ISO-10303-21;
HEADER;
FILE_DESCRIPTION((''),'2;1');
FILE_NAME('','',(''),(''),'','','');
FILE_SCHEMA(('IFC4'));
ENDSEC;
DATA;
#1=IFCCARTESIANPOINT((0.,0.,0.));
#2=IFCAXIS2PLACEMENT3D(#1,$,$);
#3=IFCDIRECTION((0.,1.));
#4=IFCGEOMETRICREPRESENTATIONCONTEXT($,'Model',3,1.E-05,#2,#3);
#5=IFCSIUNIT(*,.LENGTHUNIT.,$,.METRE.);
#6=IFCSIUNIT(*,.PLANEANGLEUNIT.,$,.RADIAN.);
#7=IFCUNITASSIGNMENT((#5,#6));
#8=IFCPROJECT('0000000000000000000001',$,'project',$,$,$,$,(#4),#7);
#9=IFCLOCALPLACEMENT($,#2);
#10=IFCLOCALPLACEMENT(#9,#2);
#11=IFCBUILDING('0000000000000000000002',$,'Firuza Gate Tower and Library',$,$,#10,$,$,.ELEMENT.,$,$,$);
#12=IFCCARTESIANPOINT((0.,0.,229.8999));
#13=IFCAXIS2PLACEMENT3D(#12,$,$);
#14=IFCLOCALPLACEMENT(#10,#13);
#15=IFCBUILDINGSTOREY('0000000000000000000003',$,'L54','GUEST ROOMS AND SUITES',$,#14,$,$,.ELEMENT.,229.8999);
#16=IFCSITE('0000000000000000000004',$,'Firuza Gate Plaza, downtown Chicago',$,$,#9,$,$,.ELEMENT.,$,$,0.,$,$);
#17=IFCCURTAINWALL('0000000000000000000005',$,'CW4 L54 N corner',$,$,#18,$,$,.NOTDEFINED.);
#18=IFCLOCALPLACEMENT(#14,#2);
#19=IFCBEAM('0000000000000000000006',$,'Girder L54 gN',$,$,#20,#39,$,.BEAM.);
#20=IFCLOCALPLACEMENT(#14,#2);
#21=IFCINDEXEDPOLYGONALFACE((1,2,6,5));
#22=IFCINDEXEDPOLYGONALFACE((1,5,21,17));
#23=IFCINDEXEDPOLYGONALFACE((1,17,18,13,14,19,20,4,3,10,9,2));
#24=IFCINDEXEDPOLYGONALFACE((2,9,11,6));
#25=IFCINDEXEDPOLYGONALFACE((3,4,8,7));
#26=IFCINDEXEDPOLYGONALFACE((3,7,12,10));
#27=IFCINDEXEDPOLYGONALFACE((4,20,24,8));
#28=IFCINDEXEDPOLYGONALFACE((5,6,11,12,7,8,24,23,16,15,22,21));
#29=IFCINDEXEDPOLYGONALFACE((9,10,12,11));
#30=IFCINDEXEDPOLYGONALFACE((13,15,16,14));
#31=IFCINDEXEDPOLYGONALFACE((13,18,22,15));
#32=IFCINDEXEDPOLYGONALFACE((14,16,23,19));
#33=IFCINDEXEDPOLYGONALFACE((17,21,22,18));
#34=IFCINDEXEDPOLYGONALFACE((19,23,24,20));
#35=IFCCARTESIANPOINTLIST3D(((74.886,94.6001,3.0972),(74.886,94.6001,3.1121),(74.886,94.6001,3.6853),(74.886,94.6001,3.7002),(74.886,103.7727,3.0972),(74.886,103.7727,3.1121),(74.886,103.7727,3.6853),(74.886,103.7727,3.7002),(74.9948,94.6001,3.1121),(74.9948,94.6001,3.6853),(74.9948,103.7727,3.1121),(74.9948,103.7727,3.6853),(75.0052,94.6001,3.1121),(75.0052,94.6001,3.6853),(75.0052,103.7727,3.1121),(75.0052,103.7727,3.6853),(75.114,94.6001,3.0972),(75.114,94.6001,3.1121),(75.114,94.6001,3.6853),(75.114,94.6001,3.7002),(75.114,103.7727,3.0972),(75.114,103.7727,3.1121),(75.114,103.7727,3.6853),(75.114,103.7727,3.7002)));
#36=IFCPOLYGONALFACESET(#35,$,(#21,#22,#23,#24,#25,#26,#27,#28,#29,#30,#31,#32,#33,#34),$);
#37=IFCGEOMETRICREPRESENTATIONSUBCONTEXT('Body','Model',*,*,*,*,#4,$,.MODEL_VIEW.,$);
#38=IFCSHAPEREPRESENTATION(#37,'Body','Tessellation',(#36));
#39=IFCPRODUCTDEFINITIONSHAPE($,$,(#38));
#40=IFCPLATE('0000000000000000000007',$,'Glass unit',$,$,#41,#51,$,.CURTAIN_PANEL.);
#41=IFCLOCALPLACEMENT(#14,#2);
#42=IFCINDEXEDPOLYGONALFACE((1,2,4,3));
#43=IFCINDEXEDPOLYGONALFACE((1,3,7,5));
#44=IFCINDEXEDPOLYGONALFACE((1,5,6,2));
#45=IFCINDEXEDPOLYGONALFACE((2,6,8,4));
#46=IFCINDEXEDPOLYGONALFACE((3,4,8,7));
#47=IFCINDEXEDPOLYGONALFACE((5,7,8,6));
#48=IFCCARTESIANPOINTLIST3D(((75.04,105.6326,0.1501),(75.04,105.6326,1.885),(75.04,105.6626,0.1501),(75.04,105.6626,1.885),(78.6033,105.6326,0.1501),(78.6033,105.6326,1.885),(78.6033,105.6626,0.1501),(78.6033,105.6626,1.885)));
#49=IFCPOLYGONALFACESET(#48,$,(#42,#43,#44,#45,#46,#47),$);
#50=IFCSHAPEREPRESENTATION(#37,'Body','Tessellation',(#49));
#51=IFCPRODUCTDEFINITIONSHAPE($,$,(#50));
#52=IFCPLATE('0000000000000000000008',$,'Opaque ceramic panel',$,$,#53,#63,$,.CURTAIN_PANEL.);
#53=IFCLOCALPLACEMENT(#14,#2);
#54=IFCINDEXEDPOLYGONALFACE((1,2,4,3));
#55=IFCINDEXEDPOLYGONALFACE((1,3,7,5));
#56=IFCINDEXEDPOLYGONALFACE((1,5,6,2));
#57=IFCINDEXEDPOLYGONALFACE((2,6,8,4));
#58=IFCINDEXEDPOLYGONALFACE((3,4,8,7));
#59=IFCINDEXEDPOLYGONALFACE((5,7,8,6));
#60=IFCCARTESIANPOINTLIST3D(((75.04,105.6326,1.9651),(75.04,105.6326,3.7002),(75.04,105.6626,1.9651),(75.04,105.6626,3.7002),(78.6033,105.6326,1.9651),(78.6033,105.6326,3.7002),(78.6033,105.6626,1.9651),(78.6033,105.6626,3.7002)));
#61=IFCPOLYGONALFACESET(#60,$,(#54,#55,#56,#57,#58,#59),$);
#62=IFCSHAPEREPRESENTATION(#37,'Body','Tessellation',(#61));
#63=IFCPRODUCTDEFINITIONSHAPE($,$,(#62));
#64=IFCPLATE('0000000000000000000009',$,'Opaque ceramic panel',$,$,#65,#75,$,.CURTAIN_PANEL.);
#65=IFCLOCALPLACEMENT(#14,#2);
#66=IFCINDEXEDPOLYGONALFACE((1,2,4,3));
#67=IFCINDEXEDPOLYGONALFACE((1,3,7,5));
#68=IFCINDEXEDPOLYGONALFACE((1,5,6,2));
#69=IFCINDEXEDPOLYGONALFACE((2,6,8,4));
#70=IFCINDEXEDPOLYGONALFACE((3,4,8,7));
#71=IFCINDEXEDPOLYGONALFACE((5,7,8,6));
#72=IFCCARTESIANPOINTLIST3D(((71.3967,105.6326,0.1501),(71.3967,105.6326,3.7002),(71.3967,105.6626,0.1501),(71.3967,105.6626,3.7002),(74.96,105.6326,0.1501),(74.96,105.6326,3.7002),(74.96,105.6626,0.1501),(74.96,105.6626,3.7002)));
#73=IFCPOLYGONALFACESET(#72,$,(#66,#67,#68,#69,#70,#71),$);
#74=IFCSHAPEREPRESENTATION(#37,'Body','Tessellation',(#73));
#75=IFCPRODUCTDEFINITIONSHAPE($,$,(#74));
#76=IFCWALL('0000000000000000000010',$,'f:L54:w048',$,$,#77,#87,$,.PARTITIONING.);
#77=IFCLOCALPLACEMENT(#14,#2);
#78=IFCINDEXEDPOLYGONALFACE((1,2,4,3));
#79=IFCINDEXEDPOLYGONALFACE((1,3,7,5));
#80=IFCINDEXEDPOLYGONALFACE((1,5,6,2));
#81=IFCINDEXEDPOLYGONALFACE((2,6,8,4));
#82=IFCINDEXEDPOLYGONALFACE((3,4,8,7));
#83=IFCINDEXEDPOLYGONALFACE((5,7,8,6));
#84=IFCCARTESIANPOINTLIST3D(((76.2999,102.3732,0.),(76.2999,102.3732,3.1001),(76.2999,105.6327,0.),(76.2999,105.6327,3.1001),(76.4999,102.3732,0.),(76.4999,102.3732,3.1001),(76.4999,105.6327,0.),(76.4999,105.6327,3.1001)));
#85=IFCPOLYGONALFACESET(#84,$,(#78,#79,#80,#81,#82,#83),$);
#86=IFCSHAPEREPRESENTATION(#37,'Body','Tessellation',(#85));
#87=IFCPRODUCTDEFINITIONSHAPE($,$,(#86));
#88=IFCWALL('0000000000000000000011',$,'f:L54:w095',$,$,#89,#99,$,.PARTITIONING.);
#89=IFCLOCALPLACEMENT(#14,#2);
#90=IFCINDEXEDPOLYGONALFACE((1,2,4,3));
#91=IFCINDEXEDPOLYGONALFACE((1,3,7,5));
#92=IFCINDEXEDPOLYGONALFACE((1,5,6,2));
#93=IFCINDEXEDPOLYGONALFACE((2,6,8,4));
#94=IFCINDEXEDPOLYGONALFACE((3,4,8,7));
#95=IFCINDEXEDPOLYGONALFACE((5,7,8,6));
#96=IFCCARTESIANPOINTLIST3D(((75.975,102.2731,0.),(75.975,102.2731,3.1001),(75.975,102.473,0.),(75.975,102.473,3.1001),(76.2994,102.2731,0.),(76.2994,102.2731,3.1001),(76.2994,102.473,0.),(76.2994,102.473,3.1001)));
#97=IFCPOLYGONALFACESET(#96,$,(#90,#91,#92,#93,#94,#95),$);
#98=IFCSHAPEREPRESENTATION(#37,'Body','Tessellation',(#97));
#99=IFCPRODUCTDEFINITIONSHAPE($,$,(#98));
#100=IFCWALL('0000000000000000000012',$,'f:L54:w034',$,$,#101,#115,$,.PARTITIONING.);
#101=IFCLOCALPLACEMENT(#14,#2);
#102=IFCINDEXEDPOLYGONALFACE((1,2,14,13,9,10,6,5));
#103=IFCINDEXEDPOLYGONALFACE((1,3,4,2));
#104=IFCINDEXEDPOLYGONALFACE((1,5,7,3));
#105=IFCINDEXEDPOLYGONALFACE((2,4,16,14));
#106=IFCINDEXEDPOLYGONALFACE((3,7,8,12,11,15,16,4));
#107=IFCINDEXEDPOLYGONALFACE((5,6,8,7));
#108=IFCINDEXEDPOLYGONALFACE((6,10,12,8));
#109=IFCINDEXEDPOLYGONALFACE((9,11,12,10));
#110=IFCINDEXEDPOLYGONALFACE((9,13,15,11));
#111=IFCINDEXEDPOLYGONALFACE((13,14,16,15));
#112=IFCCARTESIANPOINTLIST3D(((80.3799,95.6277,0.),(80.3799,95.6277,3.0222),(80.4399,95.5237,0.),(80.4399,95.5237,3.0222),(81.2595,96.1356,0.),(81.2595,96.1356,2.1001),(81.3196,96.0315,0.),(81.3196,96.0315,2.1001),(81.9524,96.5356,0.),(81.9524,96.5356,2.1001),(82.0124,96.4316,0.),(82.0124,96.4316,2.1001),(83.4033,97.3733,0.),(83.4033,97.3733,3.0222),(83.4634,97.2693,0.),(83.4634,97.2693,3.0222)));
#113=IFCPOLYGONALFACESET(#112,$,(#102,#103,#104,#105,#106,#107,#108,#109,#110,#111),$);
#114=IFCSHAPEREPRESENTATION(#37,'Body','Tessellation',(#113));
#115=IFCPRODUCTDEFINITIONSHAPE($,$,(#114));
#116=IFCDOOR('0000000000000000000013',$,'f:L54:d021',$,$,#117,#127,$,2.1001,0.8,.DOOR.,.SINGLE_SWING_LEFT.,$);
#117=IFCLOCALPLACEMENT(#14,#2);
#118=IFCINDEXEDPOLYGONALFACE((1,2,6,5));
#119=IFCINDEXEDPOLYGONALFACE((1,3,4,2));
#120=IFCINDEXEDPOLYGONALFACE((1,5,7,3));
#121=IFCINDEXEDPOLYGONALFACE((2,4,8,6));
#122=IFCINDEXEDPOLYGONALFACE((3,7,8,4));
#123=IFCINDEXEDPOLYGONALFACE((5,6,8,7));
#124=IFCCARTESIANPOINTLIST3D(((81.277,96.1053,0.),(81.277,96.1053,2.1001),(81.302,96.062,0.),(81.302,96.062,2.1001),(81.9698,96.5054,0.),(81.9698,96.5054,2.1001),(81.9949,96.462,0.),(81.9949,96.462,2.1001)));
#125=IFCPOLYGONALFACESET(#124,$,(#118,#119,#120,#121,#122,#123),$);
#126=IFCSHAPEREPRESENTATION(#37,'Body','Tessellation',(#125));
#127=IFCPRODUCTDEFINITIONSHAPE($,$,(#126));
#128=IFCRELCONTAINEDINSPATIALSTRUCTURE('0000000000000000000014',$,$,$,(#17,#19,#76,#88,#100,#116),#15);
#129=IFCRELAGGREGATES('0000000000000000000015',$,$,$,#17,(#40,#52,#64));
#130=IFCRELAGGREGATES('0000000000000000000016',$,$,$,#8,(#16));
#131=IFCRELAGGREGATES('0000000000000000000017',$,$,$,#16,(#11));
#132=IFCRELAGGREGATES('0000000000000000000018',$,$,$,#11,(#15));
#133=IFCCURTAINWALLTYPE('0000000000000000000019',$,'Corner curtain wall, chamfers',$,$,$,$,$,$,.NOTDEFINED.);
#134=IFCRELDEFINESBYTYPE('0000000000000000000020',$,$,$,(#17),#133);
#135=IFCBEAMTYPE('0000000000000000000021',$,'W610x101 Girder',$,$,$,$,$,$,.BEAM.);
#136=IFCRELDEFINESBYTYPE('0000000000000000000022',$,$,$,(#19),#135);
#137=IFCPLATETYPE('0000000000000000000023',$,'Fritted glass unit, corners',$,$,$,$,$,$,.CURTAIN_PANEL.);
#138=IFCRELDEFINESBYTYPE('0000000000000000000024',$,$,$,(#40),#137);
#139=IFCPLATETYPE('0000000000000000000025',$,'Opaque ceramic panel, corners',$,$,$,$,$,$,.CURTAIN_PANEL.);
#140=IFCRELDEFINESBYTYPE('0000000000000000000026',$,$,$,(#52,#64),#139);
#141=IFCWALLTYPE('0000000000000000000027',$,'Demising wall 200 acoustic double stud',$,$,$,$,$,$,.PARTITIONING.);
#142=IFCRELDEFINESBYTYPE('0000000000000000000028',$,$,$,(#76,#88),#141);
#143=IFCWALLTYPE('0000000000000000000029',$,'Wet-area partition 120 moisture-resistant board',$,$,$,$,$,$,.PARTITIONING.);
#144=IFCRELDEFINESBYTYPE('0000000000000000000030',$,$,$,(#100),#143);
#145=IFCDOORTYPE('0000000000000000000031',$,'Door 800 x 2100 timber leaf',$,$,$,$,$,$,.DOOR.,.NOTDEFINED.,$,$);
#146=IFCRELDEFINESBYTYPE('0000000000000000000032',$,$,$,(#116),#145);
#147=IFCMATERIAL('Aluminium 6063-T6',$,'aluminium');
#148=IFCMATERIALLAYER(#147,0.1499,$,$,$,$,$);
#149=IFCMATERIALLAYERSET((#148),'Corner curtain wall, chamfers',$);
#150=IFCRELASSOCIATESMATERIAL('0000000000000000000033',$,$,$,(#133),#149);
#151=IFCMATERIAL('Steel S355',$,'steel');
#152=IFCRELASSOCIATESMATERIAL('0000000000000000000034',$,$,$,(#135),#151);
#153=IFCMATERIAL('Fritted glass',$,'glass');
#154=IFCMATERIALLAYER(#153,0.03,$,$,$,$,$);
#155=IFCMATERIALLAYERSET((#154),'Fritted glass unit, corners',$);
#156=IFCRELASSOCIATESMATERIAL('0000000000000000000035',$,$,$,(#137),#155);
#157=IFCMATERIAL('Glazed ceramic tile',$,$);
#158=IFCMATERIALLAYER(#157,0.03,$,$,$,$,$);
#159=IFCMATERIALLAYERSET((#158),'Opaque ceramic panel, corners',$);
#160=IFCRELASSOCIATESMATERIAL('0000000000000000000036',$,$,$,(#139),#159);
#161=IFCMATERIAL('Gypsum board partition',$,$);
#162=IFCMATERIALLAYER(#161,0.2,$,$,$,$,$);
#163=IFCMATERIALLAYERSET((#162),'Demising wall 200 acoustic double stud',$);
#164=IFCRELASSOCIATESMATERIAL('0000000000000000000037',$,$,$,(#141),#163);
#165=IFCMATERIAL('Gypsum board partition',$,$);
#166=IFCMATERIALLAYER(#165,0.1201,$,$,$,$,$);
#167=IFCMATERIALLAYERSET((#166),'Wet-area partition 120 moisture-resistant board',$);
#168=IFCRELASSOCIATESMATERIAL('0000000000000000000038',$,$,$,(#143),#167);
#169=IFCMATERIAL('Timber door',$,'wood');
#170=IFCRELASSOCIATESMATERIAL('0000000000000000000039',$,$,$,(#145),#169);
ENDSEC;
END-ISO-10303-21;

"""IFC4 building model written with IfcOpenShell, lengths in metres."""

from ifc_helpers import new_model, si_unit, direction, frame, frame_2d, origin, origin_2d, place, context, subcontext, project, spatial, polyline, rectangle, i_section, outline, extrude, material, layer, layer_set, material_profile, profile_set, type_object, element, fill, aggregate, save


model = new_model("IFC4")

# Units and contexts
model_context = context("Model", 3, precision=1e-05, world=origin(), true_north=direction((0.0, 1.0)))
body_context = subcontext(model_context, "Body", "Model", "MODEL_VIEW")
ifc_project = project(units=[si_unit("LENGTHUNIT", "METRE"), si_unit("PLANEANGLEUNIT", "RADIAN")], contexts=[model_context])

# Site, building, storey
site_placement = place(None, origin())
site = spatial("IfcSite", under=ifc_project, at=site_placement, Name="Firuza Gate Plaza, downtown Chicago", CompositionType="ELEMENT", RefElevation=0.0)
building_placement = place(site_placement, origin())
building = spatial("IfcBuilding", under=site, at=building_placement, Name="Firuza Gate Tower and Library", CompositionType="ELEMENT")
storey_placement = place(building_placement, frame((0.0, 0.0, 229.8999)))
storey = spatial("IfcBuildingStorey", under=building, at=storey_placement, Name="L54", Description="GUEST ROOMS AND SUITES", CompositionType="ELEMENT", Elevation=229.8999)

# Curtain wall
ifc_material_1 = material(Name="Aluminium 6063-T6", Category="aluminium")
ifc_layer_1 = layer(ifc_material_1, 0.1499)
ifc_layer_set_1 = layer_set([ifc_layer_1], Name="Corner curtain wall, chamfers")
curtain_wall_type = type_object("IfcCurtainWallType", Name="Corner curtain wall, chamfers", PredefinedType="NOTDEFINED", material=ifc_layer_set_1)
curtain_wall_placement = place(storey_placement, origin())
curtain_wall = element("IfcCurtainWall", 1, at=curtain_wall_placement, inside=storey, type_object=curtain_wall_type, Name="CW4 L54 N corner", PredefinedType="NOTDEFINED")

# Beam
ifc_material_2 = material(Name="Steel S355", Category="steel")
ifc_material_profile_1 = material_profile(ifc_material_2, i_section(OverallWidth=0.228, OverallDepth=0.603, WebThickness=0.0105, FlangeThickness=0.0149, at=origin_2d()))
ifc_profile_set_1 = profile_set([ifc_material_profile_1], Name="Steel S355")
beam_type_1 = type_object("IfcBeamType", Name="W610x101 Girder", PredefinedType="BEAM", material=ifc_profile_set_1)
beam_1_placement = place(storey_placement, frame((75.0, 103.7727, 3.3987), z_axis=(0.0, -1.0, 0.0), x_axis=(1.0, 0.0, 0.0)))
element("IfcBeam", 2, at=beam_1_placement, inside=storey, type_object=beam_type_1, Name="Girder L54 gN", PredefinedType="BEAM", context=body_context, shape_type="SweptSolid", body=[
    extrude(i_section(OverallWidth=0.228, OverallDepth=0.603, WebThickness=0.0105, FlangeThickness=0.0149, at=origin_2d()), origin(), (0.0, 0.0, 1.0), 9.1726),
])

# Plates
ifc_material_3 = material(Name="Fritted glass", Category="glass")
ifc_layer_2 = layer(ifc_material_3, 0.03)
ifc_layer_set_2 = layer_set([ifc_layer_2], Name="Fritted glass unit, corners")
plate_type_1 = type_object("IfcPlateType", Name="Fritted glass unit, corners", PredefinedType="CURTAIN_PANEL", material=ifc_layer_set_2)
plate_1_placement = place(storey_placement, frame((78.6033, 105.6626, 0.1501), z_axis=(0.0, 1.0, 0.0), x_axis=(-1.0, 0.0, 0.0)))
plate_1 = element("IfcPlate", 3, at=plate_1_placement, type_object=plate_type_1, Name="Glass unit", PredefinedType="CURTAIN_PANEL", context=body_context, shape_type="SweptSolid", body=[
    extrude(outline(polyline([(0.0, 0.0), (3.5632, 0.0), (3.5632, 1.7349), (0.0, 1.7349), (0.0, 0.0)])), origin(), (0.0, 0.0, -1.0), 0.03),
])
ifc_material_4 = material(Name="Glazed ceramic tile")
ifc_layer_3 = layer(ifc_material_4, 0.03)
ifc_layer_set_3 = layer_set([ifc_layer_3], Name="Opaque ceramic panel, corners")
plate_type_2 = type_object("IfcPlateType", Name="Opaque ceramic panel, corners", PredefinedType="CURTAIN_PANEL", material=ifc_layer_set_3)
plate_2_placement = place(storey_placement, frame((78.6033, 105.6626, 1.9651), z_axis=(0.0, 1.0, 0.0), x_axis=(-1.0, 0.0, 0.0)))
plate_2 = element("IfcPlate", 4, at=plate_2_placement, type_object=plate_type_2, Name="Opaque ceramic panel", PredefinedType="CURTAIN_PANEL", context=body_context, shape_type="SweptSolid", body=[
    extrude(outline(polyline([(0.0, 0.0), (3.5632, 0.0), (3.5632, 1.7351), (0.0, 1.7351), (0.0, 0.0)])), origin(), (0.0, 0.0, -1.0), 0.03),
])
plate_3_placement = place(storey_placement, frame((74.96, 105.6626, 0.1501), z_axis=(0.0, 1.0, 0.0), x_axis=(-1.0, 0.0, 0.0)))
plate_3 = element("IfcPlate", 5, at=plate_3_placement, type_object=plate_type_2, Name="Opaque ceramic panel", PredefinedType="CURTAIN_PANEL", context=body_context, shape_type="SweptSolid", body=[
    extrude(outline(polyline([(0.0, 0.0), (3.5632, 0.0), (3.5632, 3.55), (0.0, 3.55), (0.0, 0.0)])), origin(), (0.0, 0.0, -1.0), 0.03),
])
aggregate(curtain_wall, [plate_1, plate_2, plate_3])

# Walls
ifc_material_5 = material(Name="Gypsum board partition")
ifc_layer_4 = layer(ifc_material_5, 0.2)
ifc_layer_set_4 = layer_set([ifc_layer_4], Name="Demising wall 200 acoustic double stud")
wall_type_1 = type_object("IfcWallType", Name="Demising wall 200 acoustic double stud", PredefinedType="PARTITIONING", material=ifc_layer_set_4)
wall_1_placement = place(storey_placement, frame((76.3999, 102.373, 0.0), z_axis=(0.0, 0.0, 1.0), x_axis=(0.0, 1.0, 0.0)))
element("IfcWall", 6, at=wall_1_placement, inside=storey, type_object=wall_type_1, Name="f:L54:w048", PredefinedType="PARTITIONING", context=body_context, shape_type="SweptSolid", body=[
    extrude(rectangle(XDim=3.2595, YDim=0.2, at=frame_2d((1.6299, 0.0))), origin(), (0.0, 0.0, 1.0), 3.1001),
])
wall_2_placement = place(storey_placement, frame((75.9751, 102.373, 0.0), z_axis=(0.0, 0.0, 1.0), x_axis=(1.0, 0.0, 0.0)))
element("IfcWall", 7, at=wall_2_placement, inside=storey, type_object=wall_type_1, Name="f:L54:w095", PredefinedType="PARTITIONING", context=body_context, shape_type="SweptSolid", body=[
    extrude(rectangle(XDim=0.3245, YDim=0.2, at=frame_2d((0.1621, 0.0))), origin(), (0.0, 0.0, 1.0), 3.1001),
])

# Wall, opening, door
ifc_material_6 = material(Name="Gypsum board partition")
ifc_layer_5 = layer(ifc_material_6, 0.1201)
ifc_layer_set_5 = layer_set([ifc_layer_5], Name="Wet-area partition 120 moisture-resistant board")
wall_type_2 = type_object("IfcWallType", Name="Wet-area partition 120 moisture-resistant board", PredefinedType="PARTITIONING", material=ifc_layer_set_5)
wall_3_placement = place(storey_placement, frame((83.4333, 97.3213, 0.0), z_axis=(0.0, 0.0, 1.0), x_axis=(-0.866023, -0.500005, 0.0)))
wall_3 = element("IfcWall", 8, at=wall_3_placement, inside=storey, type_object=wall_type_2, Name="f:L54:w034", PredefinedType="PARTITIONING", context=body_context, shape_type="SweptSolid", body=[
    extrude(rectangle(XDim=3.4912, YDim=0.1201, at=frame_2d((1.7456, 0.0))), origin(), (0.0, 0.0, 1.0), 3.0222),
])
opening_placement = place(wall_3_placement, frame((1.6755, 0.0, 0.0)))
opening = element("IfcOpeningElement", 9, at=opening_placement, cuts=wall_3, PredefinedType="OPENING", context=body_context, shape_type="SweptSolid", body=[
    extrude(rectangle(XDim=0.8, YDim=2.1001, at=frame_2d((0.3999, 1.05))), frame((0.0, 0.0701, 0.0), z_axis=(0.0, -1.0, 0.0), x_axis=(1.0, 0.0, 0.0)), (0.0, 0.0, 1.0), 0.1401),
])
ifc_material_7 = material(Name="Timber door", Category="wood")
door_type = type_object("IfcDoorType", Name="Door 800 x 2100 timber leaf", OperationType="NOTDEFINED", PredefinedType="DOOR", material=ifc_material_7)
door_placement = place(opening_placement, origin())
door = element("IfcDoor", 10, at=door_placement, inside=storey, type_object=door_type, Name="f:L54:d021", OperationType="SINGLE_SWING_LEFT", OverallHeight=2.1001, OverallWidth=0.8, PredefinedType="DOOR", context=body_context, shape_type="SweptSolid", body=[
    extrude(rectangle(XDim=0.8, YDim=2.1001, at=frame_2d((0.3999, 1.05))), frame((0.0, 0.0249, 0.0), z_axis=(0.0, -1.0, 0.0), x_axis=(1.0, 0.0, 0.0)), (0.0, 0.0, 1.0), 0.05),
])
fill(opening, door)

save(model, "model.ifc")
